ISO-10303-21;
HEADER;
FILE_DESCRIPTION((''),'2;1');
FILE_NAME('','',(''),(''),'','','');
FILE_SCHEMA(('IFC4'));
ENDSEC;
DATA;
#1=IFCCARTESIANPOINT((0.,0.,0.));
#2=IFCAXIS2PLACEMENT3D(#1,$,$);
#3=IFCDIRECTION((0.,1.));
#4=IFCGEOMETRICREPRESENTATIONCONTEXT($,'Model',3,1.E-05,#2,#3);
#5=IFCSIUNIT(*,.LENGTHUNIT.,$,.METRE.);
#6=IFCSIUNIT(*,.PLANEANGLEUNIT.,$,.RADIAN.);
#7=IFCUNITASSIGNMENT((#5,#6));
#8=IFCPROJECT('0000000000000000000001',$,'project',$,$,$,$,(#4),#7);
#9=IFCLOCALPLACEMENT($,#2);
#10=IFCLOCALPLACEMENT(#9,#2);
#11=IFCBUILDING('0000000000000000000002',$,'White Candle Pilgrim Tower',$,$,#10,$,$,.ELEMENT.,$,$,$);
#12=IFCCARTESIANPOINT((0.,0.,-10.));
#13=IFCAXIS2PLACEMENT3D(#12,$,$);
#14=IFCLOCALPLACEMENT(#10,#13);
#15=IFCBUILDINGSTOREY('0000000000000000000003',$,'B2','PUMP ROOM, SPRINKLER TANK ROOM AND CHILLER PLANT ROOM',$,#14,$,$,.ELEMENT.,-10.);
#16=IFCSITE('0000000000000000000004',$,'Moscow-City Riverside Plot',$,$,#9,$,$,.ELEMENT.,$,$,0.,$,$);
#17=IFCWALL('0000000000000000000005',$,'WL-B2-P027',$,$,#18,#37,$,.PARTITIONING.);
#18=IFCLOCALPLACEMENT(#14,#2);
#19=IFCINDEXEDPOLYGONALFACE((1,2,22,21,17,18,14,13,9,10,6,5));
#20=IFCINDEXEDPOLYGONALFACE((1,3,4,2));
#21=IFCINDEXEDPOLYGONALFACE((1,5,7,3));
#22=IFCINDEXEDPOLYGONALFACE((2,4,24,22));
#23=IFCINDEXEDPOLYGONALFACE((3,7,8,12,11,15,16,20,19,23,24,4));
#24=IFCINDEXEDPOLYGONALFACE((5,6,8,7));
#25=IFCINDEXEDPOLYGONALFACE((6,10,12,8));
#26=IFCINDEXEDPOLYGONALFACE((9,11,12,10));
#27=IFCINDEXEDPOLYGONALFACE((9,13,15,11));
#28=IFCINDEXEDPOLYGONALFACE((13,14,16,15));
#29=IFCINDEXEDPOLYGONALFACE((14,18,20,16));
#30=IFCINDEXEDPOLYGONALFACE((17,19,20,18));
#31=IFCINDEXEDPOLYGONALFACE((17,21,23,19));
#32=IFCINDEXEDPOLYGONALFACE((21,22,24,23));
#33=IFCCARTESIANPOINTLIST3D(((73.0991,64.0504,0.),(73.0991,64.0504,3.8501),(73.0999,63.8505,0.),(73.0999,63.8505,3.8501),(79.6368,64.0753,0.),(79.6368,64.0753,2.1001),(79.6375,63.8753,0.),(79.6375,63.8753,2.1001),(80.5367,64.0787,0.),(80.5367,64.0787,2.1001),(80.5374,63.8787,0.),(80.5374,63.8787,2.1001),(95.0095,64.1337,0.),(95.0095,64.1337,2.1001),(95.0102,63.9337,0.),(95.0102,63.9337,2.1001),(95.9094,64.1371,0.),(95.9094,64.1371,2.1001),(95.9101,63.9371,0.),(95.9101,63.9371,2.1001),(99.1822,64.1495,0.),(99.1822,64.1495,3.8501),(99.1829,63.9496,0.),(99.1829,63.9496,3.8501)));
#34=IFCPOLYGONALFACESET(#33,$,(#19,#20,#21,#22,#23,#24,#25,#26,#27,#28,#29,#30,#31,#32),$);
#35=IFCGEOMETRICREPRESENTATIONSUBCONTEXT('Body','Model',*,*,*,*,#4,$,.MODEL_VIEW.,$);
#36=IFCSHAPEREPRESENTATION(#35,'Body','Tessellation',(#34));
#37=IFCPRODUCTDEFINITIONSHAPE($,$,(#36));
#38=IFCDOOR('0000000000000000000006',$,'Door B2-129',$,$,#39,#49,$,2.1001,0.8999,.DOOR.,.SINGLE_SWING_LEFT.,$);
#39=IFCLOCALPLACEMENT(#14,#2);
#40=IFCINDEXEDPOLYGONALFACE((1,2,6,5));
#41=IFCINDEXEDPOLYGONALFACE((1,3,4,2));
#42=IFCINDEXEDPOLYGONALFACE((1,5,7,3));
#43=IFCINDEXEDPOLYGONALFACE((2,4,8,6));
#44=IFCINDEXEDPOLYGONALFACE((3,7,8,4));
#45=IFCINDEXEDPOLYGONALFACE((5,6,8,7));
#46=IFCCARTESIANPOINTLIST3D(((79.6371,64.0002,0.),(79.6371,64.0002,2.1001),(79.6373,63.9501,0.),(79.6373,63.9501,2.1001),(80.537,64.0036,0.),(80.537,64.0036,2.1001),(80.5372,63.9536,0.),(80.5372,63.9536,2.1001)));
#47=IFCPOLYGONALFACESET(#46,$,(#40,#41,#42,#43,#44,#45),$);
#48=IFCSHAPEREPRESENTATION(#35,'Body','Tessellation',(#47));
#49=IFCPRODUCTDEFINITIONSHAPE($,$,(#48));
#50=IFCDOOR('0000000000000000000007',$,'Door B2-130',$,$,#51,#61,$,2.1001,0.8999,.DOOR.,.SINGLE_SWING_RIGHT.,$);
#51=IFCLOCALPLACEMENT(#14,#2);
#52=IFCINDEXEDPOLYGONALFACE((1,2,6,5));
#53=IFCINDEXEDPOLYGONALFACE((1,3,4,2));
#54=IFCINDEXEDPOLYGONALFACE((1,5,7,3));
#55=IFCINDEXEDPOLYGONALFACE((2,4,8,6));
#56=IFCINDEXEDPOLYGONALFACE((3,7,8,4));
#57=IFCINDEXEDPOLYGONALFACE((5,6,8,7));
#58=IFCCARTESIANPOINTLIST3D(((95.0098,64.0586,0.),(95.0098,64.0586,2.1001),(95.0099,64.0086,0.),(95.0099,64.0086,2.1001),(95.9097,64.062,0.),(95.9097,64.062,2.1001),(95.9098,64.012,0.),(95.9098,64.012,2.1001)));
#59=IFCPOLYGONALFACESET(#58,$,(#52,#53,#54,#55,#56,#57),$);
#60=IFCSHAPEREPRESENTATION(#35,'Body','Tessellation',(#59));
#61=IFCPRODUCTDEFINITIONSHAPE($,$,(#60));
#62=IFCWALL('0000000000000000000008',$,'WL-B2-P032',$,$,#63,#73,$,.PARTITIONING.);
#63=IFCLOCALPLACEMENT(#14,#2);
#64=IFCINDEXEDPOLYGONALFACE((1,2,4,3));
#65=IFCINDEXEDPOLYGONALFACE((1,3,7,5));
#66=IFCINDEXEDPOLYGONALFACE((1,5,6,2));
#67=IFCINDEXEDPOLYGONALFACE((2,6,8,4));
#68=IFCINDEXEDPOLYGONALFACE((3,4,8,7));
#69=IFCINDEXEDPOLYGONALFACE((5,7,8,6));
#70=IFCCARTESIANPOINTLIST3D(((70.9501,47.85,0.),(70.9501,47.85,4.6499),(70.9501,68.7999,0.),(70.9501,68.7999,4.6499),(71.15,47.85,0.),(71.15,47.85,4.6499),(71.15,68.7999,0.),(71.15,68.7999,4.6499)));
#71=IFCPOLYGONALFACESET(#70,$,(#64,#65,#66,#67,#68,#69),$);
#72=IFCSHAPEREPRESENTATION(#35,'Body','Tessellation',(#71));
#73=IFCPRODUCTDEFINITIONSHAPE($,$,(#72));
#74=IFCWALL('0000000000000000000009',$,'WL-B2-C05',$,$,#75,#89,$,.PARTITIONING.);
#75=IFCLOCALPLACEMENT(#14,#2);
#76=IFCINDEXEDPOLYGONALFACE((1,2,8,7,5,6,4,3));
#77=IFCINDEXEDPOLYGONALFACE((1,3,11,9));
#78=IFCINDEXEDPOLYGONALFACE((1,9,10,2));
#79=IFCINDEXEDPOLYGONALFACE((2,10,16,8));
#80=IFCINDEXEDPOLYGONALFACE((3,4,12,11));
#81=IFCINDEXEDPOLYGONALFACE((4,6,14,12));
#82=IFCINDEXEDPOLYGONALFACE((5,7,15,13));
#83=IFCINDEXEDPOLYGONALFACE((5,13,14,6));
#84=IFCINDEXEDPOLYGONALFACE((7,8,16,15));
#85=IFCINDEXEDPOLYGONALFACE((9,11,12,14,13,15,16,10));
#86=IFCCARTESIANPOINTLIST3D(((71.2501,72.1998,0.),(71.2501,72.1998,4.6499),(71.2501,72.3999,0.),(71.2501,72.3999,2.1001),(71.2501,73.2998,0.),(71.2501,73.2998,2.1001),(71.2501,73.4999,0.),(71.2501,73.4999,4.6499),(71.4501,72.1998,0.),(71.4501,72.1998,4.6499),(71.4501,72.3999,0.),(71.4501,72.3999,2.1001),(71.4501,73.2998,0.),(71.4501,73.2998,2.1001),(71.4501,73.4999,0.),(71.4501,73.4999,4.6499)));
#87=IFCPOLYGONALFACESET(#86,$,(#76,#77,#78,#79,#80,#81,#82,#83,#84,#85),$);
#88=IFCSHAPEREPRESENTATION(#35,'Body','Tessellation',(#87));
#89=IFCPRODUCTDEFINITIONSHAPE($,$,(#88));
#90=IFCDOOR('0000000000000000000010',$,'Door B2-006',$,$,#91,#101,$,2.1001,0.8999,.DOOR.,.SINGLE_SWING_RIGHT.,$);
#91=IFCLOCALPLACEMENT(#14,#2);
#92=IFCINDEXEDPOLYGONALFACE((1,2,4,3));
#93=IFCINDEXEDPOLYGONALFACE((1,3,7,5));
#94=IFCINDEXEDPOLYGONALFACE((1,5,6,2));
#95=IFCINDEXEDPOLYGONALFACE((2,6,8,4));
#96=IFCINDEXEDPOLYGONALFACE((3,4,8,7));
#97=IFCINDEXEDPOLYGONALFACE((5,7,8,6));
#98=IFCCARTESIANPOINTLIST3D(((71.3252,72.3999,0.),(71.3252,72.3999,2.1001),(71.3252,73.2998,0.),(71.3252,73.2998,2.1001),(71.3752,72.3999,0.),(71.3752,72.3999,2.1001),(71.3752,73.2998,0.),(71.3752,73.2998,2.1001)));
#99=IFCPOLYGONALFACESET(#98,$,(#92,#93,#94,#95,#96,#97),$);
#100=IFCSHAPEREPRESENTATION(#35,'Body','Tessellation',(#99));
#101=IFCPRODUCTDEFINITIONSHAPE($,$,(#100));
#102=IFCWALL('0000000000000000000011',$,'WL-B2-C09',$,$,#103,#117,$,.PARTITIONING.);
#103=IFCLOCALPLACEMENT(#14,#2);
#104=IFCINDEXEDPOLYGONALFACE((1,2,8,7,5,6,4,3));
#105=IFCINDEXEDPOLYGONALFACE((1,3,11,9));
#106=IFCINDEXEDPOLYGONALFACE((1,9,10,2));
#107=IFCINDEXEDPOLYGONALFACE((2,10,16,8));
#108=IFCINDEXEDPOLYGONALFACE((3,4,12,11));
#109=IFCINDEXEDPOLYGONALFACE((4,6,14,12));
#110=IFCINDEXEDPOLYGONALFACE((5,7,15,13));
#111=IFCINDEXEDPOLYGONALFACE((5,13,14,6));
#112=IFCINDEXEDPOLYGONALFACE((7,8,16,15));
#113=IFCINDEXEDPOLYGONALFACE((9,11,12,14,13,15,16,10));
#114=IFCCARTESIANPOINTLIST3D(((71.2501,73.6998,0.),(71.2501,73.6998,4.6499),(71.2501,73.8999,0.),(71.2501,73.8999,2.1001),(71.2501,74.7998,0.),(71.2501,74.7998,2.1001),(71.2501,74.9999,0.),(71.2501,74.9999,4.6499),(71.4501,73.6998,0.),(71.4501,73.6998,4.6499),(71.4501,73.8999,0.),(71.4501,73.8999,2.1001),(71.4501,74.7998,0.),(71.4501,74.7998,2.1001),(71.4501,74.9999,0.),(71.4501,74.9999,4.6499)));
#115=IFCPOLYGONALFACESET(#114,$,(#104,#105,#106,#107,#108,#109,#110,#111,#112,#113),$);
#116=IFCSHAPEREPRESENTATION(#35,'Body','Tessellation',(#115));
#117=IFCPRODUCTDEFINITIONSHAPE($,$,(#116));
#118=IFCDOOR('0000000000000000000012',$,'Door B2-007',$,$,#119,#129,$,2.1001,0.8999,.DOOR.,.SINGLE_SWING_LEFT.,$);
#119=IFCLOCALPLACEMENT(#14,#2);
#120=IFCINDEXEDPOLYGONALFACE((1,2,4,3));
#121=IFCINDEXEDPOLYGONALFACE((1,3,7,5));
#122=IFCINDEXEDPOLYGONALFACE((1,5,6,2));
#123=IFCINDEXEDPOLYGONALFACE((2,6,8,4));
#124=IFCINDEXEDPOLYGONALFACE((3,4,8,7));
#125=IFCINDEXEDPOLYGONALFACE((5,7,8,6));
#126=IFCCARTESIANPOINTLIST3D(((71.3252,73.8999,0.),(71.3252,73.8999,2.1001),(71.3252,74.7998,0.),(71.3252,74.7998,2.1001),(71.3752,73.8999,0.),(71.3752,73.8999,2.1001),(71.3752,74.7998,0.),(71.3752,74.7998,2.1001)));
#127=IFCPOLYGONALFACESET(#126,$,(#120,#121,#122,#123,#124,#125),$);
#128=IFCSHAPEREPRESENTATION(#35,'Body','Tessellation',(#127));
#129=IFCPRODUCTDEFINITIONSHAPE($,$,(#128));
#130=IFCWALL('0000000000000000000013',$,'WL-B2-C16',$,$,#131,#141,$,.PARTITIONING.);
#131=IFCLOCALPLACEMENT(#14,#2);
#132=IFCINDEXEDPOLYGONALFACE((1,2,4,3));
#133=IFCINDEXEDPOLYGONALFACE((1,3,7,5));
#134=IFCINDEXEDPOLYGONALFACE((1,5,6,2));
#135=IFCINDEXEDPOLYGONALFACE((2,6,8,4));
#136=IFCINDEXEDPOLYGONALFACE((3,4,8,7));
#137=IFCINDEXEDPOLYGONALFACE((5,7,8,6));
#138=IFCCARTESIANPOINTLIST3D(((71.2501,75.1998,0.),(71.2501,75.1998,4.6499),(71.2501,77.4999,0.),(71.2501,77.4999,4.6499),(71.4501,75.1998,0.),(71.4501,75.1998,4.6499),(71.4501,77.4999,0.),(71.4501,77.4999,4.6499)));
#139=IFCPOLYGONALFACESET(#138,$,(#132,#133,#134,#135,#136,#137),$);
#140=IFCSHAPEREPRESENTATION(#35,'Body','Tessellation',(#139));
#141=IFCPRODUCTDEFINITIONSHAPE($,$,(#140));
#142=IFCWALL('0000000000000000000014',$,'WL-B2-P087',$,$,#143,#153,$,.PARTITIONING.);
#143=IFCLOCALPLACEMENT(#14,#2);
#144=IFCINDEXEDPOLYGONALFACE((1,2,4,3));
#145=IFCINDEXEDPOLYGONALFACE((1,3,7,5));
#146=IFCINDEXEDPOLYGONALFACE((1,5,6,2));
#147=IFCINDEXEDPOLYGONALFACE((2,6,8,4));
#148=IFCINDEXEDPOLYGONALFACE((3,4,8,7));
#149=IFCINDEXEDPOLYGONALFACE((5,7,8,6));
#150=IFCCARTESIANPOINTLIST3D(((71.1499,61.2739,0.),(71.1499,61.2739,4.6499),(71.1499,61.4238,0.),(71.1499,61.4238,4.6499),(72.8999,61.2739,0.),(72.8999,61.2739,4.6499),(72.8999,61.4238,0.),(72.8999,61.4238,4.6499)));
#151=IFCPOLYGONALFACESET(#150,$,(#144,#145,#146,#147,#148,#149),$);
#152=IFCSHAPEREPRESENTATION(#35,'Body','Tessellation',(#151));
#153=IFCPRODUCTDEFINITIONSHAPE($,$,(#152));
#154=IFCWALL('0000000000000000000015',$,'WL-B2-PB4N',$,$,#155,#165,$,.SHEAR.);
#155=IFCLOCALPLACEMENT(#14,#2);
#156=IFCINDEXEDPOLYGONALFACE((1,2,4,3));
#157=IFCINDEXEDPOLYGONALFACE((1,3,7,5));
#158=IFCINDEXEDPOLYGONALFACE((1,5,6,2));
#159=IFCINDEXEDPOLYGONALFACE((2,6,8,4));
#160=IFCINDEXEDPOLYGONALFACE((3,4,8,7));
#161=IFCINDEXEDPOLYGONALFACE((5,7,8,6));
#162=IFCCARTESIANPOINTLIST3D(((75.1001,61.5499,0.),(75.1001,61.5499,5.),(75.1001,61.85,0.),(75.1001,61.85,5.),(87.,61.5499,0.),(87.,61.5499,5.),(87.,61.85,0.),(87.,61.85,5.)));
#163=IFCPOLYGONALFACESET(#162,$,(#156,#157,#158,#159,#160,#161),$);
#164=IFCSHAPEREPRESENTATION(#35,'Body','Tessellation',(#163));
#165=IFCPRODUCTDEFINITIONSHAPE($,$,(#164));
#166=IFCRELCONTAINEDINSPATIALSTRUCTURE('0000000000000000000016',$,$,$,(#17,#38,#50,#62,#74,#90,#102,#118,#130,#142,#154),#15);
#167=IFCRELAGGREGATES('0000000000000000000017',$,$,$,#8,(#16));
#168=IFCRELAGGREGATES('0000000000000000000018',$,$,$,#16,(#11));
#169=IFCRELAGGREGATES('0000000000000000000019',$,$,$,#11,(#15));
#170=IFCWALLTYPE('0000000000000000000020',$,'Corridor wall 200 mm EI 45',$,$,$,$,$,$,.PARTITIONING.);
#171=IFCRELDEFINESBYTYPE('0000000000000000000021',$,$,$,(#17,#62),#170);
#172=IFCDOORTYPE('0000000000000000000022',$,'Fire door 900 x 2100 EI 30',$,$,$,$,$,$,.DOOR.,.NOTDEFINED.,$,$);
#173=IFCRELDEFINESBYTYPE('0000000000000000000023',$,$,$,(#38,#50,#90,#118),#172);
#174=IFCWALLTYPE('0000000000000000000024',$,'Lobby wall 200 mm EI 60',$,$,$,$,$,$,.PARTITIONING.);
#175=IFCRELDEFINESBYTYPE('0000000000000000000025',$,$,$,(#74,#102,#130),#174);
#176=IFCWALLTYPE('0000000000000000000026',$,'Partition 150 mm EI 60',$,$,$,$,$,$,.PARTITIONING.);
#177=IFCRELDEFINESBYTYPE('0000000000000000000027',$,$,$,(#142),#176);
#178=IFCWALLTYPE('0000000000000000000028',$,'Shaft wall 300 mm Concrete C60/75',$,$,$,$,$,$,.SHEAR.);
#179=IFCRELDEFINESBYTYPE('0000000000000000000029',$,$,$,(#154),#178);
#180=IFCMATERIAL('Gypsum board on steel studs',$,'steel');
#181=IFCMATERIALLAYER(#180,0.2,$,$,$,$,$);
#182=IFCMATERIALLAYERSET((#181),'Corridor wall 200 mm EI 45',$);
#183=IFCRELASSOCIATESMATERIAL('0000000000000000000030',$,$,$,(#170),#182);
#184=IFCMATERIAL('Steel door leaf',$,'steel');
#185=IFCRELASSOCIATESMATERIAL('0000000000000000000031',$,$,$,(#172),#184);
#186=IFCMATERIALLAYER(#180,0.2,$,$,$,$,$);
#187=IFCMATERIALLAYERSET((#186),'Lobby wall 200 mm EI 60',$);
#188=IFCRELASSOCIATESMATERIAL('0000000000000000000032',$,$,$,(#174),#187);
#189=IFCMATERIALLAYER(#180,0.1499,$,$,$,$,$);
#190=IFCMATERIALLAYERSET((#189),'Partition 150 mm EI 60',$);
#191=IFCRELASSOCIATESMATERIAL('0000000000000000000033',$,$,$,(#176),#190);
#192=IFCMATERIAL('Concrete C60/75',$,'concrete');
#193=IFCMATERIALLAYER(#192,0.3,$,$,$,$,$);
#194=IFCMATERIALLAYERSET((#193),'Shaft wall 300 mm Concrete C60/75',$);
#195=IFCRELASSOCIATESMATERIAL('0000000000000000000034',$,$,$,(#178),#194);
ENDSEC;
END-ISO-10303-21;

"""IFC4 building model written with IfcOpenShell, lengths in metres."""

from ifc_helpers import new_model, si_unit, direction, frame, frame_2d, origin, place, context, subcontext, project, spatial, rectangle, extrude, material, layer, layer_set, type_object, element, fill, save


model = new_model("IFC4")

# Units and contexts
model_context = context("Model", 3, precision=1e-05, world=origin(), true_north=direction((0.0, 1.0)))
body_context = subcontext(model_context, "Body", "Model", "MODEL_VIEW")
ifc_project = project(units=[si_unit("LENGTHUNIT", "METRE"), si_unit("PLANEANGLEUNIT", "RADIAN")], contexts=[model_context])

# Site, building, storey
site_placement = place(None, origin())
site = spatial("IfcSite", under=ifc_project, at=site_placement, Name="Moscow-City Riverside Plot", CompositionType="ELEMENT", RefElevation=0.0)
building_placement = place(site_placement, origin())
building = spatial("IfcBuilding", under=site, at=building_placement, Name="White Candle Pilgrim Tower", CompositionType="ELEMENT")
storey_placement = place(building_placement, frame((0.0, 0.0, -10.0)))
storey = spatial("IfcBuildingStorey", under=building, at=storey_placement, Name="B2", Description="PUMP ROOM, SPRINKLER TANK ROOM AND CHILLER PLANT ROOM", CompositionType="ELEMENT", Elevation=-10.0)

# Wall, openings, doors
ifc_material_1 = material(Name="Gypsum board on steel studs", Category="steel")
ifc_layer_1 = layer(ifc_material_1, 0.2)
ifc_layer_set_1 = layer_set([ifc_layer_1], Name="Corridor wall 200 mm EI 45")
wall_type_1 = type_object("IfcWallType", Name="Corridor wall 200 mm EI 45", PredefinedType="PARTITIONING", material=ifc_layer_set_1)
wall_1_placement = place(storey_placement, frame((73.0996, 63.9504, 0.0), z_axis=(0.0, 0.0, 1.0), x_axis=(0.999993, 0.0038, 0.0)))
wall_1 = element("IfcWall", 1, at=wall_1_placement, inside=storey, type_object=wall_type_1, Name="WL-B2-P027", PredefinedType="PARTITIONING", context=body_context, shape_type="SweptSolid", body=[
    extrude(rectangle(XDim=26.0833, YDim=0.2, at=frame_2d((13.0415, 0.0))), origin(), (0.0, 0.0, 1.0), 3.8501),
])
opening_1_placement = place(wall_1_placement, frame((6.5376, 0.0, 0.0)))
opening_1 = element("IfcOpeningElement", 2, at=opening_1_placement, cuts=wall_1, PredefinedType="OPENING", context=body_context, shape_type="SweptSolid", body=[
    extrude(rectangle(XDim=0.8999, YDim=2.1001, at=frame_2d((0.45, 1.05))), frame((0.0, 0.1099, 0.0), z_axis=(0.0, -1.0, 0.0), x_axis=(1.0, 0.0, 0.0)), (0.0, 0.0, 1.0), 0.22),
])
opening_2_placement = place(wall_1_placement, frame((21.9104, 0.0, 0.0)))
opening_2 = element("IfcOpeningElement", 3, at=opening_2_placement, cuts=wall_1, PredefinedType="OPENING", context=body_context, shape_type="SweptSolid", body=[
    extrude(rectangle(XDim=0.8999, YDim=2.1001, at=frame_2d((0.45, 1.05))), frame((0.0, 0.1099, 0.0), z_axis=(0.0, -1.0, 0.0), x_axis=(1.0, 0.0, 0.0)), (0.0, 0.0, 1.0), 0.22),
])
ifc_material_2 = material(Name="Steel door leaf", Category="steel")
door_type = type_object("IfcDoorType", Name="Fire door 900 x 2100 EI 30", OperationType="NOTDEFINED", PredefinedType="DOOR", material=ifc_material_2)
door_1_placement = place(opening_1_placement, origin())
door_1 = element("IfcDoor", 4, at=door_1_placement, inside=storey, type_object=door_type, Name="Door B2-129", OperationType="SINGLE_SWING_LEFT", OverallHeight=2.1001, OverallWidth=0.8999, PredefinedType="DOOR", context=body_context, shape_type="SweptSolid", body=[
    extrude(rectangle(XDim=0.8999, YDim=2.1001, at=frame_2d((0.45, 1.05))), frame((0.0, 0.0249, 0.0), z_axis=(0.0, -1.0, 0.0), x_axis=(1.0, 0.0, 0.0)), (0.0, 0.0, 1.0), 0.05),
])
fill(opening_1, door_1)
door_2_placement = place(opening_2_placement, origin())
door_2 = element("IfcDoor", 5, at=door_2_placement, inside=storey, type_object=door_type, Name="Door B2-130", OperationType="SINGLE_SWING_RIGHT", OverallHeight=2.1001, OverallWidth=0.8999, PredefinedType="DOOR", context=body_context, shape_type="SweptSolid", body=[
    extrude(rectangle(XDim=0.8999, YDim=2.1001, at=frame_2d((0.45, 1.05))), frame((0.0, 0.0249, 0.0), z_axis=(0.0, -1.0, 0.0), x_axis=(1.0, 0.0, 0.0)), (0.0, 0.0, 1.0), 0.05),
])
fill(opening_2, door_2)

# Wall
wall_2_placement = place(storey_placement, frame((71.05, 68.8, 0.0), z_axis=(0.0, 0.0, 1.0), x_axis=(0.0, -1.0, 0.0)))
element("IfcWall", 6, at=wall_2_placement, inside=storey, type_object=wall_type_1, Name="WL-B2-P032", PredefinedType="PARTITIONING", context=body_context, shape_type="SweptSolid", body=[
    extrude(rectangle(XDim=20.95, YDim=0.2, at=frame_2d((10.4751, 0.0))), origin(), (0.0, 0.0, 1.0), 4.6499),
])

# Walls, openings, doors
ifc_layer_2 = layer(ifc_material_1, 0.2)
ifc_layer_set_2 = layer_set([ifc_layer_2], Name="Lobby wall 200 mm EI 60")
wall_type_2 = type_object("IfcWallType", Name="Lobby wall 200 mm EI 60", PredefinedType="PARTITIONING", material=ifc_layer_set_2)
wall_3_placement = place(storey_placement, frame((71.3501, 72.2, 0.0), z_axis=(0.0, 0.0, 1.0), x_axis=(0.0, 1.0, 0.0)))
wall_3 = element("IfcWall", 7, at=wall_3_placement, inside=storey, type_object=wall_type_2, Name="WL-B2-C05", PredefinedType="PARTITIONING", context=body_context, shape_type="SweptSolid", body=[
    extrude(rectangle(XDim=1.3, YDim=0.2, at=frame_2d((0.6499, 0.0))), origin(), (0.0, 0.0, 1.0), 4.6499),
])
opening_3_placement = place(wall_3_placement, frame((0.2, 0.0, 0.0)))
opening_3 = element("IfcOpeningElement", 8, at=opening_3_placement, cuts=wall_3, PredefinedType="OPENING", context=body_context, shape_type="SweptSolid", body=[
    extrude(rectangle(XDim=0.8999, YDim=2.1001, at=frame_2d((0.45, 1.05))), frame((0.0, 0.1099, 0.0), z_axis=(0.0, -1.0, 0.0), x_axis=(1.0, 0.0, 0.0)), (0.0, 0.0, 1.0), 0.22),
])
door_3_placement = place(opening_3_placement, origin())
door_3 = element("IfcDoor", 9, at=door_3_placement, inside=storey, type_object=door_type, Name="Door B2-006", OperationType="SINGLE_SWING_RIGHT", OverallHeight=2.1001, OverallWidth=0.8999, PredefinedType="DOOR", context=body_context, shape_type="SweptSolid", body=[
    extrude(rectangle(XDim=0.8999, YDim=2.1001, at=frame_2d((0.45, 1.05))), frame((0.0, 0.0249, 0.0), z_axis=(0.0, -1.0, 0.0), x_axis=(1.0, 0.0, 0.0)), (0.0, 0.0, 1.0), 0.05),
])
fill(opening_3, door_3)
wall_4_placement = place(storey_placement, frame((71.3501, 73.7, 0.0), z_axis=(0.0, 0.0, 1.0), x_axis=(0.0, 1.0, 0.0)))
wall_4 = element("IfcWall", 10, at=wall_4_placement, inside=storey, type_object=wall_type_2, Name="WL-B2-C09", PredefinedType="PARTITIONING", context=body_context, shape_type="SweptSolid", body=[
    extrude(rectangle(XDim=1.3, YDim=0.2, at=frame_2d((0.6499, 0.0))), origin(), (0.0, 0.0, 1.0), 4.6499),
])
opening_4_placement = place(wall_4_placement, frame((0.2, 0.0, 0.0)))
opening_4 = element("IfcOpeningElement", 11, at=opening_4_placement, cuts=wall_4, PredefinedType="OPENING", context=body_context, shape_type="SweptSolid", body=[
    extrude(rectangle(XDim=0.8999, YDim=2.1001, at=frame_2d((0.45, 1.05))), frame((0.0, 0.1099, 0.0), z_axis=(0.0, -1.0, 0.0), x_axis=(1.0, 0.0, 0.0)), (0.0, 0.0, 1.0), 0.22),
])
door_4_placement = place(opening_4_placement, origin())
door_4 = element("IfcDoor", 12, at=door_4_placement, inside=storey, type_object=door_type, Name="Door B2-007", OperationType="SINGLE_SWING_LEFT", OverallHeight=2.1001, OverallWidth=0.8999, PredefinedType="DOOR", context=body_context, shape_type="SweptSolid", body=[
    extrude(rectangle(XDim=0.8999, YDim=2.1001, at=frame_2d((0.45, 1.05))), frame((0.0, 0.0249, 0.0), z_axis=(0.0, -1.0, 0.0), x_axis=(1.0, 0.0, 0.0)), (0.0, 0.0, 1.0), 0.05),
])
fill(opening_4, door_4)

# Walls
wall_5_placement = place(storey_placement, frame((71.3501, 75.2, 0.0), z_axis=(0.0, 0.0, 1.0), x_axis=(0.0, 1.0, 0.0)))
element("IfcWall", 13, at=wall_5_placement, inside=storey, type_object=wall_type_2, Name="WL-B2-C16", PredefinedType="PARTITIONING", context=body_context, shape_type="SweptSolid", body=[
    extrude(rectangle(XDim=2.3, YDim=0.2, at=frame_2d((1.1499, 0.0))), origin(), (0.0, 0.0, 1.0), 4.6499),
])
ifc_layer_3 = layer(ifc_material_1, 0.1499)
ifc_layer_set_3 = layer_set([ifc_layer_3], Name="Partition 150 mm EI 60")
wall_type_3 = type_object("IfcWallType", Name="Partition 150 mm EI 60", PredefinedType="PARTITIONING", material=ifc_layer_set_3)
wall_6_placement = place(storey_placement, frame((71.1499, 61.3489, 0.0), z_axis=(0.0, 0.0, 1.0), x_axis=(1.0, 0.0, 0.0)))
element("IfcWall", 14, at=wall_6_placement, inside=storey, type_object=wall_type_3, Name="WL-B2-P087", PredefinedType="PARTITIONING", context=body_context, shape_type="SweptSolid", body=[
    extrude(rectangle(XDim=1.75, YDim=0.1499, at=frame_2d((0.875, 0.0))), origin(), (0.0, 0.0, 1.0), 4.6499),
])
ifc_material_3 = material(Name="Concrete C60/75", Category="concrete")
ifc_layer_4 = layer(ifc_material_3, 0.3)
ifc_layer_set_4 = layer_set([ifc_layer_4], Name="Shaft wall 300 mm Concrete C60/75")
wall_type_4 = type_object("IfcWallType", Name="Shaft wall 300 mm Concrete C60/75", PredefinedType="SHEAR", material=ifc_layer_set_4)
wall_7_placement = place(storey_placement, frame((75.1001, 61.7, 0.0), z_axis=(0.0, 0.0, 1.0), x_axis=(1.0, 0.0, 0.0)))
element("IfcWall", 15, at=wall_7_placement, inside=storey, type_object=wall_type_4, Name="WL-B2-PB4N", PredefinedType="SHEAR", context=body_context, shape_type="SweptSolid", body=[
    extrude(rectangle(XDim=11.8999, YDim=0.3, at=frame_2d((5.95, 0.0))), origin(), (0.0, 0.0, 1.0), 5.0),
])

save(model, "model.ifc")
